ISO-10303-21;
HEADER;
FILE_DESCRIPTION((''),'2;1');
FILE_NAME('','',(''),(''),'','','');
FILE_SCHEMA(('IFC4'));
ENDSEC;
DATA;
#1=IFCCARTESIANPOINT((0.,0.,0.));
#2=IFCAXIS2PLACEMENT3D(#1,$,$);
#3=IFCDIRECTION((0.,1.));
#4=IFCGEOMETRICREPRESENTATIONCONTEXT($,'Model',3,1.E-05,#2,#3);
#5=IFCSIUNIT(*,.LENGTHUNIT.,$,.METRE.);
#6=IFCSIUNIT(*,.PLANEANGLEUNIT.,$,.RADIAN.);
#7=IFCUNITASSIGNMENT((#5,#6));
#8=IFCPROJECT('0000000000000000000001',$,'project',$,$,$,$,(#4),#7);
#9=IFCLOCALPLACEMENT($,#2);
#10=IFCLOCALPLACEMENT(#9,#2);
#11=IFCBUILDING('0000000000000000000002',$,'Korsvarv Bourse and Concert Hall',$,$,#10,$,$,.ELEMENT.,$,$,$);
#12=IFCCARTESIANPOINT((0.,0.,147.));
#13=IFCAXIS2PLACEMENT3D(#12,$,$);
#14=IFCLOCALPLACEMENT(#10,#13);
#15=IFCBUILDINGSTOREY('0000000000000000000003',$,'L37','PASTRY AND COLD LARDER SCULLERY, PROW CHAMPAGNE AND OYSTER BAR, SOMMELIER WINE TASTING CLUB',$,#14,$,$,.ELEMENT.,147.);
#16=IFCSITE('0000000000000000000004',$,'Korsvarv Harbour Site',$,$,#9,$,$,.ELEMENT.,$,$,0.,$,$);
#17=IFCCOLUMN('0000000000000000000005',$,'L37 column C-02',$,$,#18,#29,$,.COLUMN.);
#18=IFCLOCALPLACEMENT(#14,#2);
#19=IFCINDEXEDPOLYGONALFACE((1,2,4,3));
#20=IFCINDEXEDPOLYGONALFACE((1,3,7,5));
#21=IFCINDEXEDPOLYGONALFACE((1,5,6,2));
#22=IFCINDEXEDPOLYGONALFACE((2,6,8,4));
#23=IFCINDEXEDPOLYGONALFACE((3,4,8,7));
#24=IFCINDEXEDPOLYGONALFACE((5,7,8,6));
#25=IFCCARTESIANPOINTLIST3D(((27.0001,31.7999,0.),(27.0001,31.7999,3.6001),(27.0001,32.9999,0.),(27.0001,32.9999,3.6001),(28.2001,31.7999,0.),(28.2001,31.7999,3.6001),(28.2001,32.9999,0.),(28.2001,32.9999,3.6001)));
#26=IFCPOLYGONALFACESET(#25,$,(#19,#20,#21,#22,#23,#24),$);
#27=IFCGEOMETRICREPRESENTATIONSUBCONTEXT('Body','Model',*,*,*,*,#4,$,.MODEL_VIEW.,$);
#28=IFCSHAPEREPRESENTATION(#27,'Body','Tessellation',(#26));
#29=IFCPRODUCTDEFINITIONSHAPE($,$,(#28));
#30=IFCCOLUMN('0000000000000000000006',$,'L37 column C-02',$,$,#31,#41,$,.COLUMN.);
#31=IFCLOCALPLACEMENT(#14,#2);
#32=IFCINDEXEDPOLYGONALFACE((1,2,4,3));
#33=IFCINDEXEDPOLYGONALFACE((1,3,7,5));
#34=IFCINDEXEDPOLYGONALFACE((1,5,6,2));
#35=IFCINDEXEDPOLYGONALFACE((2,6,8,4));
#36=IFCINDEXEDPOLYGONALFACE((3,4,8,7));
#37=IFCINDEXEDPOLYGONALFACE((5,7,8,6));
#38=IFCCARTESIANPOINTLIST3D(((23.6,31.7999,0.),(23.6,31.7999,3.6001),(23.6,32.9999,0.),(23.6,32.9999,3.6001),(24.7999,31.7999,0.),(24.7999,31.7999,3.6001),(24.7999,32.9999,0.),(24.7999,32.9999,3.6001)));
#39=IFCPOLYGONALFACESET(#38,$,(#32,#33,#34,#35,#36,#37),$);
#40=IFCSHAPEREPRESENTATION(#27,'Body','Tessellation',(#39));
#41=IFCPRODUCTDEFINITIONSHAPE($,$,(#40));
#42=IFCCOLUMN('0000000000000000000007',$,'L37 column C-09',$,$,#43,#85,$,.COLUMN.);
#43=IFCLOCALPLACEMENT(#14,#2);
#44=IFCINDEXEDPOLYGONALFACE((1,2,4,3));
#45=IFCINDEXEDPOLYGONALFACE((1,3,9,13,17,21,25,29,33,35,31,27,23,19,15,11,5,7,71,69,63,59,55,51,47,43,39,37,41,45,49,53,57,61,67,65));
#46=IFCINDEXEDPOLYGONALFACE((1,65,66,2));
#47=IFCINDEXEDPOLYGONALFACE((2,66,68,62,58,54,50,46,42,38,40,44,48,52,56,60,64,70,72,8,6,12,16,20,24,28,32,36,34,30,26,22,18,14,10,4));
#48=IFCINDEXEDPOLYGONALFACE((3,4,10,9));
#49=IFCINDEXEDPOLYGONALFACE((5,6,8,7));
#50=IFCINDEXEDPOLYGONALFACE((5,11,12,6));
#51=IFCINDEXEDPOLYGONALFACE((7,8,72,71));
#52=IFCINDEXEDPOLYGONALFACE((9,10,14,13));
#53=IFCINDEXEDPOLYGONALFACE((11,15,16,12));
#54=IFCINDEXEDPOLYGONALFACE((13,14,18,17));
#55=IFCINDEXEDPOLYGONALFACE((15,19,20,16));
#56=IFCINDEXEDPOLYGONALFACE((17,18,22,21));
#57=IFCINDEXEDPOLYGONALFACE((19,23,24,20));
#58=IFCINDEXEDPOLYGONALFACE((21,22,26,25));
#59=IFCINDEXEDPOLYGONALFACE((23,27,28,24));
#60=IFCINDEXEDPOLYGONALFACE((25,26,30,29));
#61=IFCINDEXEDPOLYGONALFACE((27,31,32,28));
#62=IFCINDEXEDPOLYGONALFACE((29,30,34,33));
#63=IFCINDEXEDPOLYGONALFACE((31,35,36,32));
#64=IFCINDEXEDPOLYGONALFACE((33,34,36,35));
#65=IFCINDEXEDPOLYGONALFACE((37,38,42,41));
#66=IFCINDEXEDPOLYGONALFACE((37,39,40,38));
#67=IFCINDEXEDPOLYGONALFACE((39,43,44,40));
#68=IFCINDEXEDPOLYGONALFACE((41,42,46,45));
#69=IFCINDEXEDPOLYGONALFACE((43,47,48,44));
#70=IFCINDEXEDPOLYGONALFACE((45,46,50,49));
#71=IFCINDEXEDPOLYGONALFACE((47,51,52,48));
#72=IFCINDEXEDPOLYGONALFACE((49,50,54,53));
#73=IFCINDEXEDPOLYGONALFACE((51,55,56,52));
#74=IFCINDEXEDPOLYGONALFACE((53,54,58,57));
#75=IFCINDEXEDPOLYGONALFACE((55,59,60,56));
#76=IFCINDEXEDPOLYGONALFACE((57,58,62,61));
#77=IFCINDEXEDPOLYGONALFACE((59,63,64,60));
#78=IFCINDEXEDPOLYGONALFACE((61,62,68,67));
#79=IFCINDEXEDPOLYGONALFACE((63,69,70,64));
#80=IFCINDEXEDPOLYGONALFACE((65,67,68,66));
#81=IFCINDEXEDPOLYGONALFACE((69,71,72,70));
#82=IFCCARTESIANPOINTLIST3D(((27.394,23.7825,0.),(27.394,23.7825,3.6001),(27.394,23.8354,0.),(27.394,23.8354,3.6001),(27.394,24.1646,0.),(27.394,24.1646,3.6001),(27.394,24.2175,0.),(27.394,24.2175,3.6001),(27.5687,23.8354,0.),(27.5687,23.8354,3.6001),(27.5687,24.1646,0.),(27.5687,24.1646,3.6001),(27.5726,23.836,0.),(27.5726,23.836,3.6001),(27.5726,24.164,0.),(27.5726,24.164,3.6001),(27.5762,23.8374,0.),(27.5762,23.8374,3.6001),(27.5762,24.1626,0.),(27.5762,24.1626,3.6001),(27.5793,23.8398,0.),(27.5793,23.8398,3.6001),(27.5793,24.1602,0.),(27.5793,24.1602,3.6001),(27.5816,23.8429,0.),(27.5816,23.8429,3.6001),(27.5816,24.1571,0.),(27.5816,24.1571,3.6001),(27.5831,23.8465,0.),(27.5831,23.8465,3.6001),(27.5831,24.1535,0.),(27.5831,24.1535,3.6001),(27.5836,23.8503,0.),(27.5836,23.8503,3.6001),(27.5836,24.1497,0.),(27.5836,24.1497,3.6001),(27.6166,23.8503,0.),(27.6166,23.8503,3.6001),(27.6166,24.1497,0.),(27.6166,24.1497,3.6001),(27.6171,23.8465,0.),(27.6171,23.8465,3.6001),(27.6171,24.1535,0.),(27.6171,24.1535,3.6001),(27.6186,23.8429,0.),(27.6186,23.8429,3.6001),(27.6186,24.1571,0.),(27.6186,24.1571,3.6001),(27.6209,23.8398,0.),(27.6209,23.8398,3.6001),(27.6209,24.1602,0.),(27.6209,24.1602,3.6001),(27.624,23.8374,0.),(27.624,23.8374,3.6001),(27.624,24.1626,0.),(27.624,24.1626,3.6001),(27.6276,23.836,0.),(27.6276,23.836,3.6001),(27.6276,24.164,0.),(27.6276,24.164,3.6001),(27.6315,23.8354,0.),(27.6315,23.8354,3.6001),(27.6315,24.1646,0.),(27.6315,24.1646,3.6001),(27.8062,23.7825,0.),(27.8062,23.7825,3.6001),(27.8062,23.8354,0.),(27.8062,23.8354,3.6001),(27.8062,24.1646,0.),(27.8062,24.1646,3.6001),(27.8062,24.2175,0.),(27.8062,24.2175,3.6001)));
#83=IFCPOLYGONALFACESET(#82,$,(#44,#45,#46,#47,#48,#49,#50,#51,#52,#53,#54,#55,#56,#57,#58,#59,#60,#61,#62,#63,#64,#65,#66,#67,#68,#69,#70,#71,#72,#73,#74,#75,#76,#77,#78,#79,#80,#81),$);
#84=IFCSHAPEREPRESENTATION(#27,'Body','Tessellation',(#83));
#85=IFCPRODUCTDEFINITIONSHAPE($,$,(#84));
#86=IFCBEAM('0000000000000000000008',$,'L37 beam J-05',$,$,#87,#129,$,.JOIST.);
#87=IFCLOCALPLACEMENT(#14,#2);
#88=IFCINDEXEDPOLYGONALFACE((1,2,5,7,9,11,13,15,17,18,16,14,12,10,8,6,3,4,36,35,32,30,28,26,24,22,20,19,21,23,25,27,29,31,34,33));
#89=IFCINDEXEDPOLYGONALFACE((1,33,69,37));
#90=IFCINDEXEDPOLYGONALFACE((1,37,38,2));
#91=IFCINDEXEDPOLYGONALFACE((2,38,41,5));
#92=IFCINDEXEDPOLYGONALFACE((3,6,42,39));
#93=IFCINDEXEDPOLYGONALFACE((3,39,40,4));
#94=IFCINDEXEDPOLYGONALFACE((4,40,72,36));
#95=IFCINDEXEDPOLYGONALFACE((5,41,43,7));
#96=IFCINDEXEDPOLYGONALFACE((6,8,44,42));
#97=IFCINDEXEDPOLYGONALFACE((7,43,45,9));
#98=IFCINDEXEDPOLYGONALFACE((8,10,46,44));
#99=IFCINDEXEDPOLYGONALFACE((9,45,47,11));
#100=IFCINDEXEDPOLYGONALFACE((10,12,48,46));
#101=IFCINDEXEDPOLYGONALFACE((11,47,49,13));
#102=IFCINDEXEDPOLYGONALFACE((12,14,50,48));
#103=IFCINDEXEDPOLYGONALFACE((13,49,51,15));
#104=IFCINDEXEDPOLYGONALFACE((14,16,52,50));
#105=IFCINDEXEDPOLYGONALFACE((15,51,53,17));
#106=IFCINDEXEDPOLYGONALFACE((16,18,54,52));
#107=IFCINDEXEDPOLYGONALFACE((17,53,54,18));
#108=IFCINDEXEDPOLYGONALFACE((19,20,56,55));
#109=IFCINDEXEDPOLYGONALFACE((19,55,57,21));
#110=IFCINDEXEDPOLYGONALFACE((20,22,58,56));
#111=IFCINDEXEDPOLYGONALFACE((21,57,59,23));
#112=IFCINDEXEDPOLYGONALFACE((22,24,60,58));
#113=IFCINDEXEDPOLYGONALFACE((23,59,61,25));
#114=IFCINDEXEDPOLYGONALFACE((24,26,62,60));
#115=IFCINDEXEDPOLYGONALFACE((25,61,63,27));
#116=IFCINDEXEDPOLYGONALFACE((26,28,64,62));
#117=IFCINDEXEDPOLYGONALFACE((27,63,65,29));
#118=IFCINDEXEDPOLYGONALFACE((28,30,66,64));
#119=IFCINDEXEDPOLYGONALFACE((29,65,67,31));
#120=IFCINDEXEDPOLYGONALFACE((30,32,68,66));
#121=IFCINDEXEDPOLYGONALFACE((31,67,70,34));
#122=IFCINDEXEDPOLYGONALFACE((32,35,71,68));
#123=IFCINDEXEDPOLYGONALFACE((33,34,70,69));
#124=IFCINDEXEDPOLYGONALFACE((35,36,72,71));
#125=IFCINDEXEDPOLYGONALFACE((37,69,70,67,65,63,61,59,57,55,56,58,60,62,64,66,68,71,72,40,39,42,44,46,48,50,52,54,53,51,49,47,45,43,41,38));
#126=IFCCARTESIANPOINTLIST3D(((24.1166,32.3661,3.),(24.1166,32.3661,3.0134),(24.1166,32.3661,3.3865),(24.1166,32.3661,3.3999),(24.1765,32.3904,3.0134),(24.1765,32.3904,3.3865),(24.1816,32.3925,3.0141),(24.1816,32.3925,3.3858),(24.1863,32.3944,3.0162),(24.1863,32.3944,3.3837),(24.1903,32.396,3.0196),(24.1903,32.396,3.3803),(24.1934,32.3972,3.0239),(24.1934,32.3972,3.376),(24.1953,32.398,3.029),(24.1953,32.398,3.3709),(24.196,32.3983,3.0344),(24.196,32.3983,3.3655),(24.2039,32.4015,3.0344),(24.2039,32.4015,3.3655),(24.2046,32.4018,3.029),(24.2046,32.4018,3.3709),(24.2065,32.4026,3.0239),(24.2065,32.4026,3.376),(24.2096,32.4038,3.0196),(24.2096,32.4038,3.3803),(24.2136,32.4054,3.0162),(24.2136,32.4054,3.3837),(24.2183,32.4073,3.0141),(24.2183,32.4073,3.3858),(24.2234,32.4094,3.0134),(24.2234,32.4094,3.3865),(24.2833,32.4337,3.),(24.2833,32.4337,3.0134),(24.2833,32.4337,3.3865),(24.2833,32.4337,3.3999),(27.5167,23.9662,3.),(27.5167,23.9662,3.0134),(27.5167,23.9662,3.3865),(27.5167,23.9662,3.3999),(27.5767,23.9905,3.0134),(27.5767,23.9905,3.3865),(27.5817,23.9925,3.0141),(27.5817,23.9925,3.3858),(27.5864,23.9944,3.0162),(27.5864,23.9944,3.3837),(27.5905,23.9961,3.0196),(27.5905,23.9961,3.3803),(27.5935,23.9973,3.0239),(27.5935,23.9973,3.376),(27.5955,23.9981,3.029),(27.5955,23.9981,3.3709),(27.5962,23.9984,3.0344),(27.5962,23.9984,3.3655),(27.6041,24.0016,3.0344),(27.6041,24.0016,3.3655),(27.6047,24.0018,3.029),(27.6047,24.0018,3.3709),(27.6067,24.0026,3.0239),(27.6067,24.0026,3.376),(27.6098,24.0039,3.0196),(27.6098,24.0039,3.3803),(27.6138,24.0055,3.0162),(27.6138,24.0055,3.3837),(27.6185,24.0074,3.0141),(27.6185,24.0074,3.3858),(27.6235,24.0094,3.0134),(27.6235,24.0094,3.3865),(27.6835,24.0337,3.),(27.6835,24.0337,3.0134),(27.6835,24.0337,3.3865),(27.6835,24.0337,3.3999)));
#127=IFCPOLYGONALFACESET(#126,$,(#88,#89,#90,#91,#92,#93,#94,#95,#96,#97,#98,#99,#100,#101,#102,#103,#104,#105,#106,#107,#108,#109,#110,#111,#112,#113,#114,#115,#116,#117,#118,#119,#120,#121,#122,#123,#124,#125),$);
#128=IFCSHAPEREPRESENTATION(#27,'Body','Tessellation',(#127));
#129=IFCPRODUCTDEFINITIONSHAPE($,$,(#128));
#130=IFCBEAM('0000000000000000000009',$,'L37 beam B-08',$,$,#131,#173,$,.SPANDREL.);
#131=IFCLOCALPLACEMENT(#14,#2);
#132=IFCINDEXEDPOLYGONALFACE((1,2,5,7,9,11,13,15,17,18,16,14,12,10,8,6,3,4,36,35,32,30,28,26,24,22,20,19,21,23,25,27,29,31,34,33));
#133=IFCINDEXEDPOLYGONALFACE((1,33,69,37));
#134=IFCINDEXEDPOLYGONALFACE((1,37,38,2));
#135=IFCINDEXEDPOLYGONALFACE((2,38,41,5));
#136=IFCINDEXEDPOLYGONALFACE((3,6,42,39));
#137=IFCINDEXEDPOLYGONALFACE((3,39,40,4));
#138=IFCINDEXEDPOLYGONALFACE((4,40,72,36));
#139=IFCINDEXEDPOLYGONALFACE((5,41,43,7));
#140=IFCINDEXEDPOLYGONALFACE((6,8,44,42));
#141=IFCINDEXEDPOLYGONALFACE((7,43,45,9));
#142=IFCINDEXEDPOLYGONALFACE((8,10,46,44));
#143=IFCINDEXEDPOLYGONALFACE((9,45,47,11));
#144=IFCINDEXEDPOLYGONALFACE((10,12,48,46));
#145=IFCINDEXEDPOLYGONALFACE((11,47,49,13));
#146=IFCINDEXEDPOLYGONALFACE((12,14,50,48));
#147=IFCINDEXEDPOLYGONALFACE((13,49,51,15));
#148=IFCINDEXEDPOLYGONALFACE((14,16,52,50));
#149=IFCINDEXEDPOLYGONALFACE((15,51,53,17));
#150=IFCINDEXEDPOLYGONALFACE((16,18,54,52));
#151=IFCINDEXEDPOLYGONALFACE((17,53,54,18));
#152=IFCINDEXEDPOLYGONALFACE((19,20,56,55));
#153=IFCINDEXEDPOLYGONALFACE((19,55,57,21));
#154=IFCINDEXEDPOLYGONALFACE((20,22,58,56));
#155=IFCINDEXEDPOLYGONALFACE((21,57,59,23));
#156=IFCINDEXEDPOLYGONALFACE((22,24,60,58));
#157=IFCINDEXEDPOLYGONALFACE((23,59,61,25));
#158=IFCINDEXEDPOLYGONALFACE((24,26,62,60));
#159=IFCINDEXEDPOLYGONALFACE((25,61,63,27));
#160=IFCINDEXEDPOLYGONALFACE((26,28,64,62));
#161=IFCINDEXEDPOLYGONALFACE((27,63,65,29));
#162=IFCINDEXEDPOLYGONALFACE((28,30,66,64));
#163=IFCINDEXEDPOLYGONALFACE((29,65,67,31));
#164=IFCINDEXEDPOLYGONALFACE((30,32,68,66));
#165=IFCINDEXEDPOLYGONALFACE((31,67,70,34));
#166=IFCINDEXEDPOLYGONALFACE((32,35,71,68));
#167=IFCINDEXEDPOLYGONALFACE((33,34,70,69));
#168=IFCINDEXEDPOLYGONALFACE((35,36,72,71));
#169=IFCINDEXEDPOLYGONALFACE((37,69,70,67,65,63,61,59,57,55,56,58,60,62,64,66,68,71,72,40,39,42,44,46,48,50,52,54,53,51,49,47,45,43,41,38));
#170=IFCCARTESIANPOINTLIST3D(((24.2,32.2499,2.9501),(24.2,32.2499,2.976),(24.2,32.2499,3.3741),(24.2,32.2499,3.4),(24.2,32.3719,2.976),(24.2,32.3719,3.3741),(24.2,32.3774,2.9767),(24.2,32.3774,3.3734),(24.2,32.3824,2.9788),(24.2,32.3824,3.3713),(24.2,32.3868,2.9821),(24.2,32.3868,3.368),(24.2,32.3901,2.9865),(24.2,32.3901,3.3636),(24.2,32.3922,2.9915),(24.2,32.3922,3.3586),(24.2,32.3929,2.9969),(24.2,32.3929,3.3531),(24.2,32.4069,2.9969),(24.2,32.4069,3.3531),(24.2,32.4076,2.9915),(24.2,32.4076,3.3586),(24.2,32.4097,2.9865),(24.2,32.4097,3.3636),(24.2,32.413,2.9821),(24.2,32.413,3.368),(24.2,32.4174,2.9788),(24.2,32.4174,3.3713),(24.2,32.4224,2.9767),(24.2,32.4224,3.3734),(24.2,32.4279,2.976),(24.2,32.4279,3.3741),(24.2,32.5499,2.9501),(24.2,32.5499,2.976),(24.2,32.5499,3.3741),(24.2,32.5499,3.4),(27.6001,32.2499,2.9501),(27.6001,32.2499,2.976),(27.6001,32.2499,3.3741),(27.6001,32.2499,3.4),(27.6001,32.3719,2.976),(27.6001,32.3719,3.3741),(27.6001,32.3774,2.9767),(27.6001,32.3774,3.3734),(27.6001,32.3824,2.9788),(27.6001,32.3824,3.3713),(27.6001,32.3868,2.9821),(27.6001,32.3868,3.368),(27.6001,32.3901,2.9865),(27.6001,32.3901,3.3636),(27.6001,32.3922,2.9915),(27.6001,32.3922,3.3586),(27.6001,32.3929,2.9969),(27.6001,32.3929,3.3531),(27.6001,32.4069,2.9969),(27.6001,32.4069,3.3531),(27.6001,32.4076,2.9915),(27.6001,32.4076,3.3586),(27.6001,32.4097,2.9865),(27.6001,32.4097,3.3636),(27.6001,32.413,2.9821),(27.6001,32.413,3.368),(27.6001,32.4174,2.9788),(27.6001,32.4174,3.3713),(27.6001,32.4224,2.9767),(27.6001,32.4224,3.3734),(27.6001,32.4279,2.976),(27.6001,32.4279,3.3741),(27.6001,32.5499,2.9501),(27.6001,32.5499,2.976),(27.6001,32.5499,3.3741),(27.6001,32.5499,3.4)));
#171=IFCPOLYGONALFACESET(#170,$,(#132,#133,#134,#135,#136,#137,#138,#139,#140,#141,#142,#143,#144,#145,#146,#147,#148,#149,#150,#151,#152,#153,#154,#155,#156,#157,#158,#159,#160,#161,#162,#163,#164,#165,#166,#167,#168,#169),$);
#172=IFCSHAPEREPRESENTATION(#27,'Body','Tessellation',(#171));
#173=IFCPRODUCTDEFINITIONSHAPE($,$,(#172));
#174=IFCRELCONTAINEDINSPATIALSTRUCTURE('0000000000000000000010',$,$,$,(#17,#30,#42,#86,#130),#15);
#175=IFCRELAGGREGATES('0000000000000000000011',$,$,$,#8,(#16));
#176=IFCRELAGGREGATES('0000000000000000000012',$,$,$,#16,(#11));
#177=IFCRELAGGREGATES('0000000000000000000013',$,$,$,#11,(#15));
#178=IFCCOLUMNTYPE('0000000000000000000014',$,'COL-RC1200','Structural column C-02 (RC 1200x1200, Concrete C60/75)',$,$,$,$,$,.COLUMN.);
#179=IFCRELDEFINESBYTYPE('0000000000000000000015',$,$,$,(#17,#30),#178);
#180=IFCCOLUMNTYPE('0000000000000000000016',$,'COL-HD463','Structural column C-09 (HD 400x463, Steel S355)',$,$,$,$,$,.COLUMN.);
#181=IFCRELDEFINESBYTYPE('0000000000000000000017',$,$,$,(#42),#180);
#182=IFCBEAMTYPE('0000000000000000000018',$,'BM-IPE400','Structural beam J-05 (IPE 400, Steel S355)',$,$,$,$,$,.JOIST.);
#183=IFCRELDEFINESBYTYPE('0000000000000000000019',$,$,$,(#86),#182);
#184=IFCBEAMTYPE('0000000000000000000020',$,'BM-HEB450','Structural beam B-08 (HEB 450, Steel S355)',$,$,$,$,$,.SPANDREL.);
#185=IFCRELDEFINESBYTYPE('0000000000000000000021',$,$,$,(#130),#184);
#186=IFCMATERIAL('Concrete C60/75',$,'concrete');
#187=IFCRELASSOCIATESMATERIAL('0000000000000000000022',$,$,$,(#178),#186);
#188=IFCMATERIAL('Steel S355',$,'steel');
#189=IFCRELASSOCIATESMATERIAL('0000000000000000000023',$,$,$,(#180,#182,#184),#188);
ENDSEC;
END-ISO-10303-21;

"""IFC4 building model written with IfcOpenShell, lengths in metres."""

from ifc_helpers import new_model, si_unit, direction, frame, origin, origin_2d, place, context, subcontext, project, spatial, rectangle, i_section, extrude, source, transform, mapped, material, material_profile, profile_set, type_object, element, save


model = new_model("IFC4")

# Units and contexts
model_context = context("Model", 3, precision=1e-05, world=origin(), true_north=direction((0.0, 1.0)))
body_context = subcontext(model_context, "Body", "Model", "MODEL_VIEW")
ifc_project = project(units=[si_unit("LENGTHUNIT", "METRE"), si_unit("PLANEANGLEUNIT", "RADIAN")], contexts=[model_context])

# Site, building, storey
site_placement = place(None, origin())
site = spatial("IfcSite", under=ifc_project, at=site_placement, Name="Korsvarv Harbour Site", CompositionType="ELEMENT", RefElevation=0.0)
building_placement = place(site_placement, origin())
building = spatial("IfcBuilding", under=site, at=building_placement, Name="Korsvarv Bourse and Concert Hall", CompositionType="ELEMENT")
storey_placement = place(building_placement, frame((0.0, 0.0, 147.0)))
storey = spatial("IfcBuildingStorey", under=building, at=storey_placement, Name="L37", Description="PASTRY AND COLD LARDER SCULLERY, PROW CHAMPAGNE AND OYSTER BAR, SOMMELIER WINE TASTING CLUB", CompositionType="ELEMENT", Elevation=147.0)

# Columns
ifc_material_1 = material(Name="Concrete C60/75", Category="concrete")
ifc_material_profile_1 = material_profile(ifc_material_1, rectangle(XDim=1.2, YDim=1.2, at=origin_2d()), Name="RC 1200x1200")
ifc_profile_set_1 = profile_set([ifc_material_profile_1], Name="Concrete C60/75")
column_type_1 = type_object("IfcColumnType", Name="COL-RC1200", Description="Structural column C-02 (RC 1200x1200, Concrete C60/75)", PredefinedType="COLUMN", material=ifc_profile_set_1)
shared_shape_1 = source(origin(), body_context, "Body", "SweptSolid", [
    extrude(rectangle(XDim=1.2, YDim=1.2, at=origin_2d()), origin(), (0.0, 0.0, 1.0), 3.6001),
])
for number, where, z_axis, x_axis, name in (
    (1, (27.6001, 32.3999, 0.0), (0.0, 0.0, 1.0), (1.0, 0.0, 0.0), "L37 column C-02"),
    (2, (24.2, 32.3999, 0.0), (0.0, 0.0, 1.0), (1.0, 0.0, 0.0), "L37 column C-02"),
):
    element("IfcColumn", number, at=place(storey_placement, frame(where, z_axis=z_axis, x_axis=x_axis)), inside=storey, type_object=column_type_1, Name=name, PredefinedType="COLUMN", context=body_context, shape_type="MappedRepresentation", body=[
        mapped(shared_shape_1, transform((0.0, 0.0, 0.0), scale=1.0)),
    ])
ifc_material_2 = material(Name="Steel S355", Category="steel")
ifc_material_profile_2 = material_profile(ifc_material_2, i_section(OverallWidth=0.4121, OverallDepth=0.4351, WebThickness=0.033, FlangeThickness=0.053, FilletRadius=0.0149, at=origin_2d()), Name="HD 400x463")
ifc_profile_set_2 = profile_set([ifc_material_profile_2], Name="Steel S355")
column_type_2 = type_object("IfcColumnType", Name="COL-HD463", Description="Structural column C-09 (HD 400x463, Steel S355)", PredefinedType="COLUMN", material=ifc_profile_set_2)
shared_shape_2 = source(origin(), body_context, "Body", "SweptSolid", [
    extrude(i_section(OverallWidth=0.4121, OverallDepth=0.4351, WebThickness=0.033, FlangeThickness=0.053, FilletRadius=0.0149, at=origin_2d()), origin(), (0.0, 0.0, 1.0), 3.6001),
])
column_placement = place(storey_placement, frame((27.6001, 24.0, 0.0), z_axis=(0.0, 0.0, 1.0), x_axis=(1.0, 0.0, 0.0)))
element("IfcColumn", 3, at=column_placement, inside=storey, type_object=column_type_2, Name="L37 column C-09", PredefinedType="COLUMN", context=body_context, shape_type="MappedRepresentation", body=[
    mapped(shared_shape_2, transform((0.0, 0.0, 0.0), scale=1.0)),
])

# Beams
ifc_material_profile_3 = material_profile(ifc_material_2, i_section(OverallWidth=0.1799, OverallDepth=0.3999, WebThickness=0.0085, FlangeThickness=0.0134, FilletRadius=0.021, at=origin_2d()), Name="IPE 400")
ifc_profile_set_3 = profile_set([ifc_material_profile_3], Name="Steel S355")
beam_type_1 = type_object("IfcBeamType", Name="BM-IPE400", Description="Structural beam J-05 (IPE 400, Steel S355)", PredefinedType="JOIST", material=ifc_profile_set_3)
shared_shape_3 = source(origin(), body_context, "Body", "SweptSolid", [
    extrude(i_section(OverallWidth=0.1799, OverallDepth=0.3999, WebThickness=0.0085, FlangeThickness=0.0134, FilletRadius=0.021, at=origin_2d()), origin(), (0.0, 0.0, 1.0), 9.062),
])
beam_1_placement = place(storey_placement, frame((24.2, 32.3999, 3.2), z_axis=(0.37521, -0.92694, 0.0), x_axis=(0.92694, 0.37521, 0.0)))
element("IfcBeam", 4, at=beam_1_placement, inside=storey, type_object=beam_type_1, Name="L37 beam J-05", PredefinedType="JOIST", context=body_context, shape_type="MappedRepresentation", body=[
    mapped(shared_shape_3, transform((0.0, 0.0, 0.0), scale=1.0)),
])
ifc_material_profile_4 = material_profile(ifc_material_2, i_section(OverallWidth=0.3, OverallDepth=0.45, WebThickness=0.0139, FlangeThickness=0.0259, FilletRadius=0.021, at=origin_2d()), Name="HEB 450")
ifc_profile_set_4 = profile_set([ifc_material_profile_4], Name="Steel S355")
beam_type_2 = type_object("IfcBeamType", Name="BM-HEB450", Description="Structural beam B-08 (HEB 450, Steel S355)", PredefinedType="SPANDREL", material=ifc_profile_set_4)
shared_shape_4 = source(origin(), body_context, "Body", "SweptSolid", [
    extrude(i_section(OverallWidth=0.3, OverallDepth=0.45, WebThickness=0.0139, FlangeThickness=0.0259, FilletRadius=0.021, at=origin_2d()), origin(), (0.0, 0.0, 1.0), 3.4001),
])
beam_2_placement = place(storey_placement, frame((24.2, 32.3999, 3.175), z_axis=(1.0, 0.0, 0.0), x_axis=(0.0, 1.0, 0.0)))
element("IfcBeam", 5, at=beam_2_placement, inside=storey, type_object=beam_type_2, Name="L37 beam B-08", PredefinedType="SPANDREL", context=body_context, shape_type="MappedRepresentation", body=[
    mapped(shared_shape_4, transform((0.0, 0.0, 0.0), scale=1.0)),
])

save(model, "model.ifc")
